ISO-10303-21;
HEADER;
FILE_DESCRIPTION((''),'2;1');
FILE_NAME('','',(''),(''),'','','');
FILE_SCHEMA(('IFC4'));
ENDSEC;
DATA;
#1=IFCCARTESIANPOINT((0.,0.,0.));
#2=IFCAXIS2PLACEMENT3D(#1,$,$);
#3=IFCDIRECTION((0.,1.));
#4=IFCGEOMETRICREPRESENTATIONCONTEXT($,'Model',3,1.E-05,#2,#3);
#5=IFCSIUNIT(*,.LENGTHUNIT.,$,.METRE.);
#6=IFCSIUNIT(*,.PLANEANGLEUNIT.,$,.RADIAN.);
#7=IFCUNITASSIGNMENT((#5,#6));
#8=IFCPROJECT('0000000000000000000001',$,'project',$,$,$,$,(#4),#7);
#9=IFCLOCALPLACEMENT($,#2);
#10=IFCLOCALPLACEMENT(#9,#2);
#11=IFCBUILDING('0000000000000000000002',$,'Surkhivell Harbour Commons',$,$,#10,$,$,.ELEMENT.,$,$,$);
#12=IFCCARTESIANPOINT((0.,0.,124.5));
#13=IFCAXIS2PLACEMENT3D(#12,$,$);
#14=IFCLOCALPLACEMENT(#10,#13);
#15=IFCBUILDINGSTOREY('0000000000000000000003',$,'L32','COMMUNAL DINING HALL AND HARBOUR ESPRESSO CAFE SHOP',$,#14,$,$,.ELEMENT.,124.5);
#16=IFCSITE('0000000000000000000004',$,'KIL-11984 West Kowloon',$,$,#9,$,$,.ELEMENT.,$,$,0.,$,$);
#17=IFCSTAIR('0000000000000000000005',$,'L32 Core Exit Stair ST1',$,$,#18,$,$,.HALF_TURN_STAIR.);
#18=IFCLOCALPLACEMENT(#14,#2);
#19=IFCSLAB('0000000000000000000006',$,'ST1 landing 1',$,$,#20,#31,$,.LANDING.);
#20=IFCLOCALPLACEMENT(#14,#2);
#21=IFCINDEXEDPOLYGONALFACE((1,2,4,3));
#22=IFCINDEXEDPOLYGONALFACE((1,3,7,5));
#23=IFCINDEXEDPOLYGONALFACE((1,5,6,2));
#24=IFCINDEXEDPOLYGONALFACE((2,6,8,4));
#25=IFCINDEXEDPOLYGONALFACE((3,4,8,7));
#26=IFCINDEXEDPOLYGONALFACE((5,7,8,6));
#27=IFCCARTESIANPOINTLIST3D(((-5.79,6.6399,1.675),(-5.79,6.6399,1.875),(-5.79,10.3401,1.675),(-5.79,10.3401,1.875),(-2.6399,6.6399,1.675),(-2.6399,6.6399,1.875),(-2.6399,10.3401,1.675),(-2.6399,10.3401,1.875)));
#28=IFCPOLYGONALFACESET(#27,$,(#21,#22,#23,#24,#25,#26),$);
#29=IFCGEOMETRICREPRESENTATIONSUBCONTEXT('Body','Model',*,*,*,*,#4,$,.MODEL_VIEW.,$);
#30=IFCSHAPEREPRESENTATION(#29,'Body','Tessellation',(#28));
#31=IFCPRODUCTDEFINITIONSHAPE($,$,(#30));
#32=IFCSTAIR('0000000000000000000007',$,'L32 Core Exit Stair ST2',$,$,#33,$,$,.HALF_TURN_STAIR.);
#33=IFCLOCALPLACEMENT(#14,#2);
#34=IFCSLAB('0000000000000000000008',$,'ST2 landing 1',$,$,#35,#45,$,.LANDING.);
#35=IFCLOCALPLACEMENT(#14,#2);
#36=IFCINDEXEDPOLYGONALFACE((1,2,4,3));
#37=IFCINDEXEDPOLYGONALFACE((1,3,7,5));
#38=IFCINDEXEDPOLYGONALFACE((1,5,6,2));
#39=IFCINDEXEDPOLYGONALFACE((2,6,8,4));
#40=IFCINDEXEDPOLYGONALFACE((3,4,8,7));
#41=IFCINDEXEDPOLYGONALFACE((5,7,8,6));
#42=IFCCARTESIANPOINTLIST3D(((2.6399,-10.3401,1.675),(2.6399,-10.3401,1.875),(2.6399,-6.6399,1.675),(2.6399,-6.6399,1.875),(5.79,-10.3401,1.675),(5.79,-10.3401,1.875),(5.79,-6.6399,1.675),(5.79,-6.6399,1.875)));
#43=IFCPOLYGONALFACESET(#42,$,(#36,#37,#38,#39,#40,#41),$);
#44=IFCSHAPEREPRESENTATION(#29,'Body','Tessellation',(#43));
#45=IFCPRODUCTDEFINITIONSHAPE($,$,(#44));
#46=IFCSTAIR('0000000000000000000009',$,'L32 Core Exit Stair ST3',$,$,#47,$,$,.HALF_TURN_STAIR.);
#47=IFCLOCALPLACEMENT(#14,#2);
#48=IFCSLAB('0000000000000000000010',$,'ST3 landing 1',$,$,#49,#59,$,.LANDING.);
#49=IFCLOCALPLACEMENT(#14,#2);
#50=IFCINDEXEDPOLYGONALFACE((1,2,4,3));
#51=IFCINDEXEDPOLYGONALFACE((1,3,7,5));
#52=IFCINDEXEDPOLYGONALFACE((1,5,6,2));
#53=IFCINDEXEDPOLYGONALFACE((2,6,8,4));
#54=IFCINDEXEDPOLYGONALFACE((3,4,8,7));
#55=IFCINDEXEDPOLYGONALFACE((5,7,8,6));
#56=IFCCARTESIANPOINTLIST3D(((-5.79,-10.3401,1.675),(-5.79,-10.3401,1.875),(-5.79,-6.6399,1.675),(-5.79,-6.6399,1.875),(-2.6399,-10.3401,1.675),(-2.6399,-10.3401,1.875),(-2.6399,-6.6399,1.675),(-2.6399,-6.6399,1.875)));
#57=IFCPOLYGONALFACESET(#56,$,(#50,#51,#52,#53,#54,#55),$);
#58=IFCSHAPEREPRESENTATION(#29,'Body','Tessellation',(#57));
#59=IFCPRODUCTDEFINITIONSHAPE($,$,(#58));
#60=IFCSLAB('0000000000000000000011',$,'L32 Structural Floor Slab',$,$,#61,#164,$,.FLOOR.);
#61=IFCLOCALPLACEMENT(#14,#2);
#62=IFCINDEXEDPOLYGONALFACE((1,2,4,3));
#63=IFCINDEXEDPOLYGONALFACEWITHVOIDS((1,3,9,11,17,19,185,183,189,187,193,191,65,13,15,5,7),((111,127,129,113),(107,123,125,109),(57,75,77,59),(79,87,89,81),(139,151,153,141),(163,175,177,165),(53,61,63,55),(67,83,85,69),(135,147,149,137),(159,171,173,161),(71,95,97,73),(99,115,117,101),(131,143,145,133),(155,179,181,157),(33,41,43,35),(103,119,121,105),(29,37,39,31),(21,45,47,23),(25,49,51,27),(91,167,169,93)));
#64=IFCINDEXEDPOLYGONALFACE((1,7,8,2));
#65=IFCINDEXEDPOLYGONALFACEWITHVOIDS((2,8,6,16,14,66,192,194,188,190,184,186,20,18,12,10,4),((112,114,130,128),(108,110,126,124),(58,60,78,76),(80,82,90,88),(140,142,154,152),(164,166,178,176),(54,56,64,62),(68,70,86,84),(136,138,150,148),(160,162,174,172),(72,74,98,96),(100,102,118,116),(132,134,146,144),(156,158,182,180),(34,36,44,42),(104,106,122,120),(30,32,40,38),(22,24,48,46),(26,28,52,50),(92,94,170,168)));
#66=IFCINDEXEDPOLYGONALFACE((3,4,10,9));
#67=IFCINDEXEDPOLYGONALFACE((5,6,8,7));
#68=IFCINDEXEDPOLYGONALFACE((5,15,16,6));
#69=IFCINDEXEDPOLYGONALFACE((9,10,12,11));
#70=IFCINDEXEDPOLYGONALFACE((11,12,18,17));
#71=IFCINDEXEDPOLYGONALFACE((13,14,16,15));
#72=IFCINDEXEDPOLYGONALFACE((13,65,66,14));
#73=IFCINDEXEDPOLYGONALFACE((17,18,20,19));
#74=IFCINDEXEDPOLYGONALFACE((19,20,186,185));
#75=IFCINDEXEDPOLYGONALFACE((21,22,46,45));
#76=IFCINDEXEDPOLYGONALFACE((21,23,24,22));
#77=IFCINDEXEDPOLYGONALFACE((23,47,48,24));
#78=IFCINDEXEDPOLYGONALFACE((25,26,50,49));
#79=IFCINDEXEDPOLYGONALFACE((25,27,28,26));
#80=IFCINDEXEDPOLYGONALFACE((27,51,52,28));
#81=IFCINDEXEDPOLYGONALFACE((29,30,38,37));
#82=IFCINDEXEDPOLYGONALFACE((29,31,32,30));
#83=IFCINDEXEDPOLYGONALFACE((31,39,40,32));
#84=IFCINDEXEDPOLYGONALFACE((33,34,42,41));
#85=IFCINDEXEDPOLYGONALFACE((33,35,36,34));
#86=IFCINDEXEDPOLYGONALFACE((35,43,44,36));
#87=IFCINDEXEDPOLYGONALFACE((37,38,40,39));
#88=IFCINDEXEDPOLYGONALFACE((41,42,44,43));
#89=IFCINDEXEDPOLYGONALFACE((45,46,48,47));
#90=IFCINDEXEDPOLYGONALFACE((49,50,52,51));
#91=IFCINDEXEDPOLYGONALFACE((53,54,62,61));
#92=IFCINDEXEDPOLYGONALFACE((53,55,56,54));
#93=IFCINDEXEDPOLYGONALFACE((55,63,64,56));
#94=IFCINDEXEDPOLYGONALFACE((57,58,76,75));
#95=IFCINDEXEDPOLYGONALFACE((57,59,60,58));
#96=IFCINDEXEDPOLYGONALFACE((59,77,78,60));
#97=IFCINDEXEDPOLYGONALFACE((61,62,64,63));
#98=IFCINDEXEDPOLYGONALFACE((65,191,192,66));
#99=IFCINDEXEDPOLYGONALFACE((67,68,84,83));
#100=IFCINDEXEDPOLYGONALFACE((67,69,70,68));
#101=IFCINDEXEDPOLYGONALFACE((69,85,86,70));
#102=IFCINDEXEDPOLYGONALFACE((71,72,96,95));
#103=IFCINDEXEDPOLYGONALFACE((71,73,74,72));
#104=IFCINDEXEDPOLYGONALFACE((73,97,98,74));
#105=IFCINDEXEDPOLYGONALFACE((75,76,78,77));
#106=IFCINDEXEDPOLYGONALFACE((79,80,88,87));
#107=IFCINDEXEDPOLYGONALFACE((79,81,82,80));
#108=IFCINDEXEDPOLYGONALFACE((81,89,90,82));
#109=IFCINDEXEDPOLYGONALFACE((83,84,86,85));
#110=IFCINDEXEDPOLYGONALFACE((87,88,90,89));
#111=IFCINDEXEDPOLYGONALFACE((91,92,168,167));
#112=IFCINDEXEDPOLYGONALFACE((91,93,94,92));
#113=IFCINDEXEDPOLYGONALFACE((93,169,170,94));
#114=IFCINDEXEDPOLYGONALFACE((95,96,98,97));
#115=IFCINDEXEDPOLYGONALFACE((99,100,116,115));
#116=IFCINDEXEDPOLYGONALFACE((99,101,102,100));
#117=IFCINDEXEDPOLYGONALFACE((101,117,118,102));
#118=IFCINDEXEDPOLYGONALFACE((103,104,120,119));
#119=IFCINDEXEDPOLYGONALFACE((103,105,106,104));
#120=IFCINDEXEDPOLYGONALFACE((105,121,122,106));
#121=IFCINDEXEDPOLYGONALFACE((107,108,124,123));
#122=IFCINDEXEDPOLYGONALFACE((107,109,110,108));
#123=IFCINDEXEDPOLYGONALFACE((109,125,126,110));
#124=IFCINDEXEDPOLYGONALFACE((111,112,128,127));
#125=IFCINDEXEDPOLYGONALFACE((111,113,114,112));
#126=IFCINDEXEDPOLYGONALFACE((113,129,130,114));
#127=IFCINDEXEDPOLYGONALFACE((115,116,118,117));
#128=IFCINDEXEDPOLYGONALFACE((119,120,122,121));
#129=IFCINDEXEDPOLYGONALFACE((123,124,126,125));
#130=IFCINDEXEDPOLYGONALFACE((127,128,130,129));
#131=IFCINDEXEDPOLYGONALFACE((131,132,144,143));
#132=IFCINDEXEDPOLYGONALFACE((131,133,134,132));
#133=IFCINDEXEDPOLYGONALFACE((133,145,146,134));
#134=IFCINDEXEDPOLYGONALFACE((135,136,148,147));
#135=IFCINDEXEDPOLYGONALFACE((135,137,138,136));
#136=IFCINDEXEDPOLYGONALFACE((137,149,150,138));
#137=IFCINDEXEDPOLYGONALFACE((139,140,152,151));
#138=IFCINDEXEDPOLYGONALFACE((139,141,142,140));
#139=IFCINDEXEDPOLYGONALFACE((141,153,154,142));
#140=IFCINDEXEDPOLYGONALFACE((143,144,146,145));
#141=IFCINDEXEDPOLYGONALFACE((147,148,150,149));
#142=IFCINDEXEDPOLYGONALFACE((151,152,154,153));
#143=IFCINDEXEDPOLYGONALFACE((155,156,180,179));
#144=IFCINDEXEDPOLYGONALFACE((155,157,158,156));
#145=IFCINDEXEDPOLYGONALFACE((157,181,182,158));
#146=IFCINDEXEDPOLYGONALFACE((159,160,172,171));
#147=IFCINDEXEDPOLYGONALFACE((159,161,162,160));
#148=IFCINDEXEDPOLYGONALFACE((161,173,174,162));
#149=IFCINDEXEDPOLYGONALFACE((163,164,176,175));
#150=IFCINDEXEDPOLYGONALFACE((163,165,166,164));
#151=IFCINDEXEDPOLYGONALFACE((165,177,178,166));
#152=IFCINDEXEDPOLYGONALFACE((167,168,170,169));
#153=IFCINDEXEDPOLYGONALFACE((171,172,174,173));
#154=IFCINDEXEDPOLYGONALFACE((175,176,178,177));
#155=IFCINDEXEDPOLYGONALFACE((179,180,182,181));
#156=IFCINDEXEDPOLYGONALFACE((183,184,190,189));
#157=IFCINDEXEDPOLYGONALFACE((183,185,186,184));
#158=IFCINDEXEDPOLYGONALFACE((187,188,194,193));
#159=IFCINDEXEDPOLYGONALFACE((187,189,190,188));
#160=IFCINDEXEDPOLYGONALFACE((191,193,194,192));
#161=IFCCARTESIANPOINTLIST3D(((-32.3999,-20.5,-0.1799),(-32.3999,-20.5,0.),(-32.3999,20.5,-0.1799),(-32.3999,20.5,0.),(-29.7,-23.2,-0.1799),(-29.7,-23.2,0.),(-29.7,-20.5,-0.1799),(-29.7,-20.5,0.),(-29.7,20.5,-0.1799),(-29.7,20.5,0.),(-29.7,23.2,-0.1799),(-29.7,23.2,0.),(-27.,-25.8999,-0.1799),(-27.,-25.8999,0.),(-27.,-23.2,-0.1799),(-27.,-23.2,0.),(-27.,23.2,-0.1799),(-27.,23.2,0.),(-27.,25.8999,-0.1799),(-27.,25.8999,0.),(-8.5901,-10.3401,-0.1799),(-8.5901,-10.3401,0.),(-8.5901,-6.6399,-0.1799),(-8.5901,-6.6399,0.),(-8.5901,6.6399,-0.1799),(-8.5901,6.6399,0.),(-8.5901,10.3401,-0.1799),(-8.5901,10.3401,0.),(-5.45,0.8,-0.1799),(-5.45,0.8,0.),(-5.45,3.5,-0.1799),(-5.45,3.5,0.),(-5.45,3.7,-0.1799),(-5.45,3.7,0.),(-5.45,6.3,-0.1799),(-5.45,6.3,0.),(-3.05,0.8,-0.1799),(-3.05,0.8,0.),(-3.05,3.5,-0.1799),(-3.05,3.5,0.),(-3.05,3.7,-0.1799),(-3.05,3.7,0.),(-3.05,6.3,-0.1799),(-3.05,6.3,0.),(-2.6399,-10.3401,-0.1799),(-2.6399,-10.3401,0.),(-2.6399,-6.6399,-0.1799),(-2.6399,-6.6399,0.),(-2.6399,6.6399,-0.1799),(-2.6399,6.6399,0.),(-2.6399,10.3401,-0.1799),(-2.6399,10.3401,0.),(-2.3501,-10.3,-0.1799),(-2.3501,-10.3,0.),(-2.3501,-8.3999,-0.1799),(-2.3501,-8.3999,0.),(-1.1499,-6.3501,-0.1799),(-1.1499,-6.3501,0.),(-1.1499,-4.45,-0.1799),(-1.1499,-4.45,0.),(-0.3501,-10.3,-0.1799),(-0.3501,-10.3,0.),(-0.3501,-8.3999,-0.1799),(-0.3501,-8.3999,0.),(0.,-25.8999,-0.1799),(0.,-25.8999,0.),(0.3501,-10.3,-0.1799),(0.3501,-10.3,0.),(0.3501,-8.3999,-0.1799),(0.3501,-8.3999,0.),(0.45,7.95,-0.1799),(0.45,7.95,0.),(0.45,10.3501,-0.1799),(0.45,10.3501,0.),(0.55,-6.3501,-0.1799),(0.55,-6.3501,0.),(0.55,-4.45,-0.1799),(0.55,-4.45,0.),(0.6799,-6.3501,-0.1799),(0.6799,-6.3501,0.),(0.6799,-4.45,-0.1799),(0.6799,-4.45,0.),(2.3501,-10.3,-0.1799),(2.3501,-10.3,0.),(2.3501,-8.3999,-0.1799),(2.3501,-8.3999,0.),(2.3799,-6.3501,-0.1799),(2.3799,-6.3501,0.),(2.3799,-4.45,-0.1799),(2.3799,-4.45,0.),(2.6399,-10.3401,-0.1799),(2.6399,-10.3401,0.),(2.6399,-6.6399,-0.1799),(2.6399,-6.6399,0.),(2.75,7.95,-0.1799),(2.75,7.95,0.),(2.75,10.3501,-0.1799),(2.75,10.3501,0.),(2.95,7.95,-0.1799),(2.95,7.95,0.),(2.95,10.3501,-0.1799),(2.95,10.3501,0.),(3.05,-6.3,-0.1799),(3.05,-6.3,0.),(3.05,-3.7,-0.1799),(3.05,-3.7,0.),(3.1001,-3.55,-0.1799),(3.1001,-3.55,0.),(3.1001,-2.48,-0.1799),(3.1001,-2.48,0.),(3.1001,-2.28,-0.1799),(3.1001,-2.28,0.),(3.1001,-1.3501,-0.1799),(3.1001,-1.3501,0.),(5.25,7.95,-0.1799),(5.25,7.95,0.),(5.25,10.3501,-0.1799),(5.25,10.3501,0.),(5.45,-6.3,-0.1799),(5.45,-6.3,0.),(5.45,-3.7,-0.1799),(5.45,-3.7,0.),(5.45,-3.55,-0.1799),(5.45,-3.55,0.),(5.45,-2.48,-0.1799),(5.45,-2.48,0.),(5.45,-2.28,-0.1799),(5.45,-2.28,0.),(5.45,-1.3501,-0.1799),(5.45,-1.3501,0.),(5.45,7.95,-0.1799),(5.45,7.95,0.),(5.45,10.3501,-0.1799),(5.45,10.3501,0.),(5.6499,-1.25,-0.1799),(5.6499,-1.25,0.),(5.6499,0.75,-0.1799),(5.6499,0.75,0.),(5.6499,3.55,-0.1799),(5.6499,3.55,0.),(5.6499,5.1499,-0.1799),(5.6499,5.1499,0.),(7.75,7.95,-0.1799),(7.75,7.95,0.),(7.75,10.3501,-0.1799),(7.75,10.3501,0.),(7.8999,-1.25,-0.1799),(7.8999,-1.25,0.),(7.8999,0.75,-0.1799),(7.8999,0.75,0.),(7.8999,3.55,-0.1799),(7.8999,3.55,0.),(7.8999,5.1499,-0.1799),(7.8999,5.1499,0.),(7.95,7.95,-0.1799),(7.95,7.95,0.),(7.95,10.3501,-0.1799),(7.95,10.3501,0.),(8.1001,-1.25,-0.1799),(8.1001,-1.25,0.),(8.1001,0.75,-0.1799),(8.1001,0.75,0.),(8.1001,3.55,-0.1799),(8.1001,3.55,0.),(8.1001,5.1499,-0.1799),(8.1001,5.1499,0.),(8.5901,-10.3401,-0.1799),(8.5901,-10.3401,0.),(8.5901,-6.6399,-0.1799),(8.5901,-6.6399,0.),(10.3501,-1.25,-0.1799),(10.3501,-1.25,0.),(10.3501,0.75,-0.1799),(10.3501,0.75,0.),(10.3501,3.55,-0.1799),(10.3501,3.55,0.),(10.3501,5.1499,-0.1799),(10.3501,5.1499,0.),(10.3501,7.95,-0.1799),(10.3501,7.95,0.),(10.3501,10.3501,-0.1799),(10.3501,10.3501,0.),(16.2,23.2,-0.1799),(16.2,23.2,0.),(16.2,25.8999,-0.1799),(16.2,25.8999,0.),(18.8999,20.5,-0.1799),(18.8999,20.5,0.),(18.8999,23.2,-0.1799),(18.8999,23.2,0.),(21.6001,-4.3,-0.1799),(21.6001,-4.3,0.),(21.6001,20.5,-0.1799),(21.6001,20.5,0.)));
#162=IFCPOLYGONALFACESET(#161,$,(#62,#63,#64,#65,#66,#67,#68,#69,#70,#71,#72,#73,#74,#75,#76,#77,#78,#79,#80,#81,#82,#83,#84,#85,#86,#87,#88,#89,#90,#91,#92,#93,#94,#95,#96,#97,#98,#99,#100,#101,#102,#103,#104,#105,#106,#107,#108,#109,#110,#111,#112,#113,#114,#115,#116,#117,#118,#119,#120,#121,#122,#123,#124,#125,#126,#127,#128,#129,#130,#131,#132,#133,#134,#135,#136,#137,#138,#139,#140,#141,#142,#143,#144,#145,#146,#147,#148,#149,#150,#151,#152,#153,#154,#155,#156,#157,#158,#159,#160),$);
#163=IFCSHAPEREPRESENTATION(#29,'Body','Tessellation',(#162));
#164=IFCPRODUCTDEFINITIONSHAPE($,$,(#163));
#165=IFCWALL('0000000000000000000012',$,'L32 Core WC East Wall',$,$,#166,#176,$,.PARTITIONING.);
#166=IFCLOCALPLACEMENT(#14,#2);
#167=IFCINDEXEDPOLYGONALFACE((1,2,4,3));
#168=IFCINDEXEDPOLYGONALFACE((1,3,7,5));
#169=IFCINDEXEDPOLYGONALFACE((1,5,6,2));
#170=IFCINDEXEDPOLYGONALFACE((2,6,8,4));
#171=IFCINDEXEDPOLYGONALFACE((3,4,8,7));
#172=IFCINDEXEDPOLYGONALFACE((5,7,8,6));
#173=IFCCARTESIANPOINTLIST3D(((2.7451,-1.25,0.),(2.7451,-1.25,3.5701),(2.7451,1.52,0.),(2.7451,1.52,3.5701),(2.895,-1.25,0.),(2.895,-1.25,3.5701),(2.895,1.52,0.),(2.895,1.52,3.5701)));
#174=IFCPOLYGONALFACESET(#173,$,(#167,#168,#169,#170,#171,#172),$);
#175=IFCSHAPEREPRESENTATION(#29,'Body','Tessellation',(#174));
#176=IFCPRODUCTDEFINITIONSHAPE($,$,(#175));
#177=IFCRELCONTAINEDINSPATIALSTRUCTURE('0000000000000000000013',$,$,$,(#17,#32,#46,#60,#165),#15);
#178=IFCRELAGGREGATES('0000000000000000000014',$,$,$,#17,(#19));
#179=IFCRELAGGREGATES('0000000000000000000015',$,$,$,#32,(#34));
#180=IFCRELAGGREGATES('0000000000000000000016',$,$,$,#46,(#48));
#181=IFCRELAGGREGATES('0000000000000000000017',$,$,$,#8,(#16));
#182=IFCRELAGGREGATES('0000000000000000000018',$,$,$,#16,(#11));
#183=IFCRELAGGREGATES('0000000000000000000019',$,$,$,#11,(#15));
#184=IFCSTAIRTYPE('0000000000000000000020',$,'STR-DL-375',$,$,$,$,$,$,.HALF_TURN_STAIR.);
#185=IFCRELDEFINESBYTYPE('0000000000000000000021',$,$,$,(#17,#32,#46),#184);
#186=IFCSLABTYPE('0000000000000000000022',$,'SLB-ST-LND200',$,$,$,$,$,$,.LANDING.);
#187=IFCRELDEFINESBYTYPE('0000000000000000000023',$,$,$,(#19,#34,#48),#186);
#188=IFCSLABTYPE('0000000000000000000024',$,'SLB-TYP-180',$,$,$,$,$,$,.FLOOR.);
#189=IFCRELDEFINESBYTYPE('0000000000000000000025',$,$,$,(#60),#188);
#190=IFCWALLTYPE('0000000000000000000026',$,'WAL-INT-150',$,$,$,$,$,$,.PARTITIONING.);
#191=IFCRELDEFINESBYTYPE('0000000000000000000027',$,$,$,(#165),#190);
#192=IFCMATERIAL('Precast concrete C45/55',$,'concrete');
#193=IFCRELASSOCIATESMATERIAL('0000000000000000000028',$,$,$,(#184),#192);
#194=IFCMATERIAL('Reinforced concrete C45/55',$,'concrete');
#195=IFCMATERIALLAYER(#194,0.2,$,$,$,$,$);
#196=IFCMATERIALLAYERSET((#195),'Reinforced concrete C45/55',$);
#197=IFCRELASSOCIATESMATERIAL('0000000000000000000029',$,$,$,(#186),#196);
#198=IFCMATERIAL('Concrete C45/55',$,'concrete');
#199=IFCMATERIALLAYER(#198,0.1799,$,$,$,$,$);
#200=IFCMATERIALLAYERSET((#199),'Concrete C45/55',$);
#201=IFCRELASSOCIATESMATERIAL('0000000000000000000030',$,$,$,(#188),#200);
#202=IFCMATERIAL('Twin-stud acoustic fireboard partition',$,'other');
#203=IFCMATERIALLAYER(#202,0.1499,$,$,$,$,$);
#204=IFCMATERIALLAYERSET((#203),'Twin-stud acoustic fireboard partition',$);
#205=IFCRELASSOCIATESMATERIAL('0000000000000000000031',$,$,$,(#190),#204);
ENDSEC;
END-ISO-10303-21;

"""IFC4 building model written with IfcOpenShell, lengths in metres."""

from ifc_helpers import new_model, si_unit, direction, frame, frame_2d, origin, place, context, subcontext, project, spatial, polyline, rectangle, outline, extrude, material, layer, layer_set, type_object, element, aggregate, save


model = new_model("IFC4")

# Units and contexts
model_context = context("Model", 3, precision=1e-05, world=origin(), true_north=direction((0.0, 1.0)))
body_context = subcontext(model_context, "Body", "Model", "MODEL_VIEW")
ifc_project = project(units=[si_unit("LENGTHUNIT", "METRE"), si_unit("PLANEANGLEUNIT", "RADIAN")], contexts=[model_context])

# Site, building, storey
site_placement = place(None, origin())
site = spatial("IfcSite", under=ifc_project, at=site_placement, Name="KIL-11984 West Kowloon", CompositionType="ELEMENT", RefElevation=0.0)
building_placement = place(site_placement, origin())
building = spatial("IfcBuilding", under=site, at=building_placement, Name="Surkhivell Harbour Commons", CompositionType="ELEMENT")
storey_placement = place(building_placement, frame((0.0, 0.0, 124.5)))
storey = spatial("IfcBuildingStorey", under=building, at=storey_placement, Name="L32", Description="COMMUNAL DINING HALL AND HARBOUR ESPRESSO CAFE SHOP", CompositionType="ELEMENT", Elevation=124.5)

# Stairs, slabs
ifc_material_1 = material(Name="Precast concrete C45/55", Category="concrete")
stair_type = type_object("IfcStairType", Name="STR-DL-375", PredefinedType="HALF_TURN_STAIR", material=ifc_material_1)
stair_1_placement = place(storey_placement, origin())
stair_1 = element("IfcStair", 1, at=stair_1_placement, inside=storey, type_object=stair_type, Name="L32 Core Exit Stair ST1", PredefinedType="HALF_TURN_STAIR")
ifc_material_2 = material(Name="Reinforced concrete C45/55", Category="concrete")
ifc_layer_1 = layer(ifc_material_2, 0.2)
ifc_layer_set_1 = layer_set([ifc_layer_1], Name="Reinforced concrete C45/55")
slab_type_1 = type_object("IfcSlabType", Name="SLB-ST-LND200", PredefinedType="LANDING", material=ifc_layer_set_1)
slab_1_placement = place(storey_placement, frame((0.0, 0.0, 1.675)))
slab_1 = element("IfcSlab", 2, at=slab_1_placement, type_object=slab_type_1, Name="ST1 landing 1", PredefinedType="LANDING", context=body_context, shape_type="SweptSolid", body=[
    extrude(outline(polyline([(-5.79, 6.6399), (-2.6399, 6.6399), (-2.6399, 10.3401), (-5.79, 10.3401), (-5.79, 6.6399)])), origin(), (0.0, 0.0, 1.0), 0.2),
])
aggregate(stair_1, [slab_1])
stair_2_placement = place(storey_placement, origin())
stair_2 = element("IfcStair", 3, at=stair_2_placement, inside=storey, type_object=stair_type, Name="L32 Core Exit Stair ST2", PredefinedType="HALF_TURN_STAIR")
slab_2_placement = place(storey_placement, frame((0.0, 0.0, 1.675)))
slab_2 = element("IfcSlab", 4, at=slab_2_placement, type_object=slab_type_1, Name="ST2 landing 1", PredefinedType="LANDING", context=body_context, shape_type="SweptSolid", body=[
    extrude(outline(polyline([(5.79, -6.6399), (2.6399, -6.6399), (2.6399, -10.3401), (5.79, -10.3401), (5.79, -6.6399)])), origin(), (0.0, 0.0, 1.0), 0.2),
])
aggregate(stair_2, [slab_2])
stair_3_placement = place(storey_placement, origin())
stair_3 = element("IfcStair", 5, at=stair_3_placement, inside=storey, type_object=stair_type, Name="L32 Core Exit Stair ST3", PredefinedType="HALF_TURN_STAIR")
slab_3_placement = place(storey_placement, frame((0.0, 0.0, 1.675)))
slab_3 = element("IfcSlab", 6, at=slab_3_placement, type_object=slab_type_1, Name="ST3 landing 1", PredefinedType="LANDING", context=body_context, shape_type="SweptSolid", body=[
    extrude(outline(polyline([(-5.79, -10.3401), (-2.6399, -10.3401), (-2.6399, -6.6399), (-5.79, -6.6399), (-5.79, -10.3401)])), origin(), (0.0, 0.0, 1.0), 0.2),
])
aggregate(stair_3, [slab_3])

# Slab
ifc_material_3 = material(Name="Concrete C45/55", Category="concrete")
ifc_layer_2 = layer(ifc_material_3, 0.1799)
ifc_layer_set_2 = layer_set([ifc_layer_2], Name="Concrete C45/55")
slab_type_2 = type_object("IfcSlabType", Name="SLB-TYP-180", PredefinedType="FLOOR", material=ifc_layer_set_2)
slab_4_placement = place(storey_placement, frame((0.0, 0.0, -0.1799)))
element("IfcSlab", 7, at=slab_4_placement, inside=storey, type_object=slab_type_2, Name="L32 Structural Floor Slab", PredefinedType="FLOOR", context=body_context, shape_type="SweptSolid", body=[
    extrude(outline(polyline([(-27.0, -25.8999), (0.0, -25.8999), (21.6001, -4.3), (21.6001, 20.5), (18.8999, 20.5), (18.8999, 23.2), (16.2, 23.2), (16.2, 25.8999), (-27.0, 25.8999), (-27.0, 23.2), (-29.7, 23.2), (-29.7, 20.5), (-32.3999, 20.5), (-32.3999, -20.5), (-29.7, -20.5), (-29.7, -23.2), (-27.0, -23.2), (-27.0, -25.8999)]), holes=[polyline([(-8.5901, 6.6399), (-2.6399, 6.6399), (-2.6399, 10.3401), (-8.5901, 10.3401), (-8.5901, 6.6399)]), polyline([(8.5901, -6.6399), (2.6399, -6.6399), (2.6399, -10.3401), (8.5901, -10.3401), (8.5901, -6.6399)]), polyline([(-8.5901, -10.3401), (-2.6399, -10.3401), (-2.6399, -6.6399), (-8.5901, -6.6399), (-8.5901, -10.3401)]), polyline([(0.45, 7.95), (2.75, 7.95), (2.75, 10.3501), (0.45, 10.3501), (0.45, 7.95)]), polyline([(2.95, 7.95), (5.25, 7.95), (5.25, 10.3501), (2.95, 10.3501), (2.95, 7.95)]), polyline([(5.45, 7.95), (7.75, 7.95), (7.75, 10.3501), (5.45, 10.3501), (5.45, 7.95)]), polyline([(7.95, 7.95), (10.3501, 7.95), (10.3501, 10.3501), (7.95, 10.3501), (7.95, 7.95)]), polyline([(5.6499, 3.55), (7.8999, 3.55), (7.8999, 5.1499), (5.6499, 5.1499), (5.6499, 3.55)]), polyline([(8.1001, 3.55), (10.3501, 3.55), (10.3501, 5.1499), (8.1001, 5.1499), (8.1001, 3.55)]), polyline([(5.6499, -1.25), (7.8999, -1.25), (7.8999, 0.75), (5.6499, 0.75), (5.6499, -1.25)]), polyline([(8.1001, -1.25), (10.3501, -1.25), (10.3501, 0.75), (8.1001, 0.75), (8.1001, -1.25)]), polyline([(-1.1499, -6.3501), (0.55, -6.3501), (0.55, -4.45), (-1.1499, -4.45), (-1.1499, -6.3501)]), polyline([(0.6799, -6.3501), (2.3799, -6.3501), (2.3799, -4.45), (0.6799, -4.45), (0.6799, -6.3501)]), polyline([(-2.3501, -10.3), (-0.3501, -10.3), (-0.3501, -8.3999), (-2.3501, -8.3999), (-2.3501, -10.3)]), polyline([(0.3501, -10.3), (2.3501, -10.3), (2.3501, -8.3999), (0.3501, -8.3999), (0.3501, -10.3)]), polyline([(-5.45, 3.7), (-3.05, 3.7), (-3.05, 6.3), (-5.45, 6.3), (-5.45, 3.7)]), polyline([(3.05, -6.3), (5.45, -6.3), (5.45, -3.7), (3.05, -3.7), (3.05, -6.3)]), polyline([(-5.45, 0.8), (-3.05, 0.8), (-3.05, 3.5), (-5.45, 3.5), (-5.45, 0.8)]), polyline([(3.1001, -3.55), (5.45, -3.55), (5.45, -2.48), (3.1001, -2.48), (3.1001, -3.55)]), polyline([(3.1001, -2.28), (5.45, -2.28), (5.45, -1.3501), (3.1001, -1.3501), (3.1001, -2.28)])]), origin(), (0.0, 0.0, 1.0), 0.1799),
])

# Wall
ifc_material_4 = material(Name="Twin-stud acoustic fireboard partition", Category="other")
ifc_layer_3 = layer(ifc_material_4, 0.1499)
ifc_layer_set_3 = layer_set([ifc_layer_3], Name="Twin-stud acoustic fireboard partition")
wall_type_1 = type_object("IfcWallType", Name="WAL-INT-150", PredefinedType="PARTITIONING", material=ifc_layer_set_3)
wall_1_placement = place(storey_placement, frame((2.8201, -1.25, 0.0), z_axis=(0.0, 0.0, 1.0), x_axis=(0.0, 1.0, 0.0)))
element("IfcWall", 8, at=wall_1_placement, inside=storey, type_object=wall_type_1, Name="L32 Core WC East Wall", PredefinedType="PARTITIONING", context=body_context, shape_type="SweptSolid", body=[
    extrude(rectangle(XDim=2.77, YDim=0.1499, at=frame_2d((1.385, 0.0))), origin(), (0.0, 0.0, 1.0), 3.5701),
])

save(model, "model.ifc")
